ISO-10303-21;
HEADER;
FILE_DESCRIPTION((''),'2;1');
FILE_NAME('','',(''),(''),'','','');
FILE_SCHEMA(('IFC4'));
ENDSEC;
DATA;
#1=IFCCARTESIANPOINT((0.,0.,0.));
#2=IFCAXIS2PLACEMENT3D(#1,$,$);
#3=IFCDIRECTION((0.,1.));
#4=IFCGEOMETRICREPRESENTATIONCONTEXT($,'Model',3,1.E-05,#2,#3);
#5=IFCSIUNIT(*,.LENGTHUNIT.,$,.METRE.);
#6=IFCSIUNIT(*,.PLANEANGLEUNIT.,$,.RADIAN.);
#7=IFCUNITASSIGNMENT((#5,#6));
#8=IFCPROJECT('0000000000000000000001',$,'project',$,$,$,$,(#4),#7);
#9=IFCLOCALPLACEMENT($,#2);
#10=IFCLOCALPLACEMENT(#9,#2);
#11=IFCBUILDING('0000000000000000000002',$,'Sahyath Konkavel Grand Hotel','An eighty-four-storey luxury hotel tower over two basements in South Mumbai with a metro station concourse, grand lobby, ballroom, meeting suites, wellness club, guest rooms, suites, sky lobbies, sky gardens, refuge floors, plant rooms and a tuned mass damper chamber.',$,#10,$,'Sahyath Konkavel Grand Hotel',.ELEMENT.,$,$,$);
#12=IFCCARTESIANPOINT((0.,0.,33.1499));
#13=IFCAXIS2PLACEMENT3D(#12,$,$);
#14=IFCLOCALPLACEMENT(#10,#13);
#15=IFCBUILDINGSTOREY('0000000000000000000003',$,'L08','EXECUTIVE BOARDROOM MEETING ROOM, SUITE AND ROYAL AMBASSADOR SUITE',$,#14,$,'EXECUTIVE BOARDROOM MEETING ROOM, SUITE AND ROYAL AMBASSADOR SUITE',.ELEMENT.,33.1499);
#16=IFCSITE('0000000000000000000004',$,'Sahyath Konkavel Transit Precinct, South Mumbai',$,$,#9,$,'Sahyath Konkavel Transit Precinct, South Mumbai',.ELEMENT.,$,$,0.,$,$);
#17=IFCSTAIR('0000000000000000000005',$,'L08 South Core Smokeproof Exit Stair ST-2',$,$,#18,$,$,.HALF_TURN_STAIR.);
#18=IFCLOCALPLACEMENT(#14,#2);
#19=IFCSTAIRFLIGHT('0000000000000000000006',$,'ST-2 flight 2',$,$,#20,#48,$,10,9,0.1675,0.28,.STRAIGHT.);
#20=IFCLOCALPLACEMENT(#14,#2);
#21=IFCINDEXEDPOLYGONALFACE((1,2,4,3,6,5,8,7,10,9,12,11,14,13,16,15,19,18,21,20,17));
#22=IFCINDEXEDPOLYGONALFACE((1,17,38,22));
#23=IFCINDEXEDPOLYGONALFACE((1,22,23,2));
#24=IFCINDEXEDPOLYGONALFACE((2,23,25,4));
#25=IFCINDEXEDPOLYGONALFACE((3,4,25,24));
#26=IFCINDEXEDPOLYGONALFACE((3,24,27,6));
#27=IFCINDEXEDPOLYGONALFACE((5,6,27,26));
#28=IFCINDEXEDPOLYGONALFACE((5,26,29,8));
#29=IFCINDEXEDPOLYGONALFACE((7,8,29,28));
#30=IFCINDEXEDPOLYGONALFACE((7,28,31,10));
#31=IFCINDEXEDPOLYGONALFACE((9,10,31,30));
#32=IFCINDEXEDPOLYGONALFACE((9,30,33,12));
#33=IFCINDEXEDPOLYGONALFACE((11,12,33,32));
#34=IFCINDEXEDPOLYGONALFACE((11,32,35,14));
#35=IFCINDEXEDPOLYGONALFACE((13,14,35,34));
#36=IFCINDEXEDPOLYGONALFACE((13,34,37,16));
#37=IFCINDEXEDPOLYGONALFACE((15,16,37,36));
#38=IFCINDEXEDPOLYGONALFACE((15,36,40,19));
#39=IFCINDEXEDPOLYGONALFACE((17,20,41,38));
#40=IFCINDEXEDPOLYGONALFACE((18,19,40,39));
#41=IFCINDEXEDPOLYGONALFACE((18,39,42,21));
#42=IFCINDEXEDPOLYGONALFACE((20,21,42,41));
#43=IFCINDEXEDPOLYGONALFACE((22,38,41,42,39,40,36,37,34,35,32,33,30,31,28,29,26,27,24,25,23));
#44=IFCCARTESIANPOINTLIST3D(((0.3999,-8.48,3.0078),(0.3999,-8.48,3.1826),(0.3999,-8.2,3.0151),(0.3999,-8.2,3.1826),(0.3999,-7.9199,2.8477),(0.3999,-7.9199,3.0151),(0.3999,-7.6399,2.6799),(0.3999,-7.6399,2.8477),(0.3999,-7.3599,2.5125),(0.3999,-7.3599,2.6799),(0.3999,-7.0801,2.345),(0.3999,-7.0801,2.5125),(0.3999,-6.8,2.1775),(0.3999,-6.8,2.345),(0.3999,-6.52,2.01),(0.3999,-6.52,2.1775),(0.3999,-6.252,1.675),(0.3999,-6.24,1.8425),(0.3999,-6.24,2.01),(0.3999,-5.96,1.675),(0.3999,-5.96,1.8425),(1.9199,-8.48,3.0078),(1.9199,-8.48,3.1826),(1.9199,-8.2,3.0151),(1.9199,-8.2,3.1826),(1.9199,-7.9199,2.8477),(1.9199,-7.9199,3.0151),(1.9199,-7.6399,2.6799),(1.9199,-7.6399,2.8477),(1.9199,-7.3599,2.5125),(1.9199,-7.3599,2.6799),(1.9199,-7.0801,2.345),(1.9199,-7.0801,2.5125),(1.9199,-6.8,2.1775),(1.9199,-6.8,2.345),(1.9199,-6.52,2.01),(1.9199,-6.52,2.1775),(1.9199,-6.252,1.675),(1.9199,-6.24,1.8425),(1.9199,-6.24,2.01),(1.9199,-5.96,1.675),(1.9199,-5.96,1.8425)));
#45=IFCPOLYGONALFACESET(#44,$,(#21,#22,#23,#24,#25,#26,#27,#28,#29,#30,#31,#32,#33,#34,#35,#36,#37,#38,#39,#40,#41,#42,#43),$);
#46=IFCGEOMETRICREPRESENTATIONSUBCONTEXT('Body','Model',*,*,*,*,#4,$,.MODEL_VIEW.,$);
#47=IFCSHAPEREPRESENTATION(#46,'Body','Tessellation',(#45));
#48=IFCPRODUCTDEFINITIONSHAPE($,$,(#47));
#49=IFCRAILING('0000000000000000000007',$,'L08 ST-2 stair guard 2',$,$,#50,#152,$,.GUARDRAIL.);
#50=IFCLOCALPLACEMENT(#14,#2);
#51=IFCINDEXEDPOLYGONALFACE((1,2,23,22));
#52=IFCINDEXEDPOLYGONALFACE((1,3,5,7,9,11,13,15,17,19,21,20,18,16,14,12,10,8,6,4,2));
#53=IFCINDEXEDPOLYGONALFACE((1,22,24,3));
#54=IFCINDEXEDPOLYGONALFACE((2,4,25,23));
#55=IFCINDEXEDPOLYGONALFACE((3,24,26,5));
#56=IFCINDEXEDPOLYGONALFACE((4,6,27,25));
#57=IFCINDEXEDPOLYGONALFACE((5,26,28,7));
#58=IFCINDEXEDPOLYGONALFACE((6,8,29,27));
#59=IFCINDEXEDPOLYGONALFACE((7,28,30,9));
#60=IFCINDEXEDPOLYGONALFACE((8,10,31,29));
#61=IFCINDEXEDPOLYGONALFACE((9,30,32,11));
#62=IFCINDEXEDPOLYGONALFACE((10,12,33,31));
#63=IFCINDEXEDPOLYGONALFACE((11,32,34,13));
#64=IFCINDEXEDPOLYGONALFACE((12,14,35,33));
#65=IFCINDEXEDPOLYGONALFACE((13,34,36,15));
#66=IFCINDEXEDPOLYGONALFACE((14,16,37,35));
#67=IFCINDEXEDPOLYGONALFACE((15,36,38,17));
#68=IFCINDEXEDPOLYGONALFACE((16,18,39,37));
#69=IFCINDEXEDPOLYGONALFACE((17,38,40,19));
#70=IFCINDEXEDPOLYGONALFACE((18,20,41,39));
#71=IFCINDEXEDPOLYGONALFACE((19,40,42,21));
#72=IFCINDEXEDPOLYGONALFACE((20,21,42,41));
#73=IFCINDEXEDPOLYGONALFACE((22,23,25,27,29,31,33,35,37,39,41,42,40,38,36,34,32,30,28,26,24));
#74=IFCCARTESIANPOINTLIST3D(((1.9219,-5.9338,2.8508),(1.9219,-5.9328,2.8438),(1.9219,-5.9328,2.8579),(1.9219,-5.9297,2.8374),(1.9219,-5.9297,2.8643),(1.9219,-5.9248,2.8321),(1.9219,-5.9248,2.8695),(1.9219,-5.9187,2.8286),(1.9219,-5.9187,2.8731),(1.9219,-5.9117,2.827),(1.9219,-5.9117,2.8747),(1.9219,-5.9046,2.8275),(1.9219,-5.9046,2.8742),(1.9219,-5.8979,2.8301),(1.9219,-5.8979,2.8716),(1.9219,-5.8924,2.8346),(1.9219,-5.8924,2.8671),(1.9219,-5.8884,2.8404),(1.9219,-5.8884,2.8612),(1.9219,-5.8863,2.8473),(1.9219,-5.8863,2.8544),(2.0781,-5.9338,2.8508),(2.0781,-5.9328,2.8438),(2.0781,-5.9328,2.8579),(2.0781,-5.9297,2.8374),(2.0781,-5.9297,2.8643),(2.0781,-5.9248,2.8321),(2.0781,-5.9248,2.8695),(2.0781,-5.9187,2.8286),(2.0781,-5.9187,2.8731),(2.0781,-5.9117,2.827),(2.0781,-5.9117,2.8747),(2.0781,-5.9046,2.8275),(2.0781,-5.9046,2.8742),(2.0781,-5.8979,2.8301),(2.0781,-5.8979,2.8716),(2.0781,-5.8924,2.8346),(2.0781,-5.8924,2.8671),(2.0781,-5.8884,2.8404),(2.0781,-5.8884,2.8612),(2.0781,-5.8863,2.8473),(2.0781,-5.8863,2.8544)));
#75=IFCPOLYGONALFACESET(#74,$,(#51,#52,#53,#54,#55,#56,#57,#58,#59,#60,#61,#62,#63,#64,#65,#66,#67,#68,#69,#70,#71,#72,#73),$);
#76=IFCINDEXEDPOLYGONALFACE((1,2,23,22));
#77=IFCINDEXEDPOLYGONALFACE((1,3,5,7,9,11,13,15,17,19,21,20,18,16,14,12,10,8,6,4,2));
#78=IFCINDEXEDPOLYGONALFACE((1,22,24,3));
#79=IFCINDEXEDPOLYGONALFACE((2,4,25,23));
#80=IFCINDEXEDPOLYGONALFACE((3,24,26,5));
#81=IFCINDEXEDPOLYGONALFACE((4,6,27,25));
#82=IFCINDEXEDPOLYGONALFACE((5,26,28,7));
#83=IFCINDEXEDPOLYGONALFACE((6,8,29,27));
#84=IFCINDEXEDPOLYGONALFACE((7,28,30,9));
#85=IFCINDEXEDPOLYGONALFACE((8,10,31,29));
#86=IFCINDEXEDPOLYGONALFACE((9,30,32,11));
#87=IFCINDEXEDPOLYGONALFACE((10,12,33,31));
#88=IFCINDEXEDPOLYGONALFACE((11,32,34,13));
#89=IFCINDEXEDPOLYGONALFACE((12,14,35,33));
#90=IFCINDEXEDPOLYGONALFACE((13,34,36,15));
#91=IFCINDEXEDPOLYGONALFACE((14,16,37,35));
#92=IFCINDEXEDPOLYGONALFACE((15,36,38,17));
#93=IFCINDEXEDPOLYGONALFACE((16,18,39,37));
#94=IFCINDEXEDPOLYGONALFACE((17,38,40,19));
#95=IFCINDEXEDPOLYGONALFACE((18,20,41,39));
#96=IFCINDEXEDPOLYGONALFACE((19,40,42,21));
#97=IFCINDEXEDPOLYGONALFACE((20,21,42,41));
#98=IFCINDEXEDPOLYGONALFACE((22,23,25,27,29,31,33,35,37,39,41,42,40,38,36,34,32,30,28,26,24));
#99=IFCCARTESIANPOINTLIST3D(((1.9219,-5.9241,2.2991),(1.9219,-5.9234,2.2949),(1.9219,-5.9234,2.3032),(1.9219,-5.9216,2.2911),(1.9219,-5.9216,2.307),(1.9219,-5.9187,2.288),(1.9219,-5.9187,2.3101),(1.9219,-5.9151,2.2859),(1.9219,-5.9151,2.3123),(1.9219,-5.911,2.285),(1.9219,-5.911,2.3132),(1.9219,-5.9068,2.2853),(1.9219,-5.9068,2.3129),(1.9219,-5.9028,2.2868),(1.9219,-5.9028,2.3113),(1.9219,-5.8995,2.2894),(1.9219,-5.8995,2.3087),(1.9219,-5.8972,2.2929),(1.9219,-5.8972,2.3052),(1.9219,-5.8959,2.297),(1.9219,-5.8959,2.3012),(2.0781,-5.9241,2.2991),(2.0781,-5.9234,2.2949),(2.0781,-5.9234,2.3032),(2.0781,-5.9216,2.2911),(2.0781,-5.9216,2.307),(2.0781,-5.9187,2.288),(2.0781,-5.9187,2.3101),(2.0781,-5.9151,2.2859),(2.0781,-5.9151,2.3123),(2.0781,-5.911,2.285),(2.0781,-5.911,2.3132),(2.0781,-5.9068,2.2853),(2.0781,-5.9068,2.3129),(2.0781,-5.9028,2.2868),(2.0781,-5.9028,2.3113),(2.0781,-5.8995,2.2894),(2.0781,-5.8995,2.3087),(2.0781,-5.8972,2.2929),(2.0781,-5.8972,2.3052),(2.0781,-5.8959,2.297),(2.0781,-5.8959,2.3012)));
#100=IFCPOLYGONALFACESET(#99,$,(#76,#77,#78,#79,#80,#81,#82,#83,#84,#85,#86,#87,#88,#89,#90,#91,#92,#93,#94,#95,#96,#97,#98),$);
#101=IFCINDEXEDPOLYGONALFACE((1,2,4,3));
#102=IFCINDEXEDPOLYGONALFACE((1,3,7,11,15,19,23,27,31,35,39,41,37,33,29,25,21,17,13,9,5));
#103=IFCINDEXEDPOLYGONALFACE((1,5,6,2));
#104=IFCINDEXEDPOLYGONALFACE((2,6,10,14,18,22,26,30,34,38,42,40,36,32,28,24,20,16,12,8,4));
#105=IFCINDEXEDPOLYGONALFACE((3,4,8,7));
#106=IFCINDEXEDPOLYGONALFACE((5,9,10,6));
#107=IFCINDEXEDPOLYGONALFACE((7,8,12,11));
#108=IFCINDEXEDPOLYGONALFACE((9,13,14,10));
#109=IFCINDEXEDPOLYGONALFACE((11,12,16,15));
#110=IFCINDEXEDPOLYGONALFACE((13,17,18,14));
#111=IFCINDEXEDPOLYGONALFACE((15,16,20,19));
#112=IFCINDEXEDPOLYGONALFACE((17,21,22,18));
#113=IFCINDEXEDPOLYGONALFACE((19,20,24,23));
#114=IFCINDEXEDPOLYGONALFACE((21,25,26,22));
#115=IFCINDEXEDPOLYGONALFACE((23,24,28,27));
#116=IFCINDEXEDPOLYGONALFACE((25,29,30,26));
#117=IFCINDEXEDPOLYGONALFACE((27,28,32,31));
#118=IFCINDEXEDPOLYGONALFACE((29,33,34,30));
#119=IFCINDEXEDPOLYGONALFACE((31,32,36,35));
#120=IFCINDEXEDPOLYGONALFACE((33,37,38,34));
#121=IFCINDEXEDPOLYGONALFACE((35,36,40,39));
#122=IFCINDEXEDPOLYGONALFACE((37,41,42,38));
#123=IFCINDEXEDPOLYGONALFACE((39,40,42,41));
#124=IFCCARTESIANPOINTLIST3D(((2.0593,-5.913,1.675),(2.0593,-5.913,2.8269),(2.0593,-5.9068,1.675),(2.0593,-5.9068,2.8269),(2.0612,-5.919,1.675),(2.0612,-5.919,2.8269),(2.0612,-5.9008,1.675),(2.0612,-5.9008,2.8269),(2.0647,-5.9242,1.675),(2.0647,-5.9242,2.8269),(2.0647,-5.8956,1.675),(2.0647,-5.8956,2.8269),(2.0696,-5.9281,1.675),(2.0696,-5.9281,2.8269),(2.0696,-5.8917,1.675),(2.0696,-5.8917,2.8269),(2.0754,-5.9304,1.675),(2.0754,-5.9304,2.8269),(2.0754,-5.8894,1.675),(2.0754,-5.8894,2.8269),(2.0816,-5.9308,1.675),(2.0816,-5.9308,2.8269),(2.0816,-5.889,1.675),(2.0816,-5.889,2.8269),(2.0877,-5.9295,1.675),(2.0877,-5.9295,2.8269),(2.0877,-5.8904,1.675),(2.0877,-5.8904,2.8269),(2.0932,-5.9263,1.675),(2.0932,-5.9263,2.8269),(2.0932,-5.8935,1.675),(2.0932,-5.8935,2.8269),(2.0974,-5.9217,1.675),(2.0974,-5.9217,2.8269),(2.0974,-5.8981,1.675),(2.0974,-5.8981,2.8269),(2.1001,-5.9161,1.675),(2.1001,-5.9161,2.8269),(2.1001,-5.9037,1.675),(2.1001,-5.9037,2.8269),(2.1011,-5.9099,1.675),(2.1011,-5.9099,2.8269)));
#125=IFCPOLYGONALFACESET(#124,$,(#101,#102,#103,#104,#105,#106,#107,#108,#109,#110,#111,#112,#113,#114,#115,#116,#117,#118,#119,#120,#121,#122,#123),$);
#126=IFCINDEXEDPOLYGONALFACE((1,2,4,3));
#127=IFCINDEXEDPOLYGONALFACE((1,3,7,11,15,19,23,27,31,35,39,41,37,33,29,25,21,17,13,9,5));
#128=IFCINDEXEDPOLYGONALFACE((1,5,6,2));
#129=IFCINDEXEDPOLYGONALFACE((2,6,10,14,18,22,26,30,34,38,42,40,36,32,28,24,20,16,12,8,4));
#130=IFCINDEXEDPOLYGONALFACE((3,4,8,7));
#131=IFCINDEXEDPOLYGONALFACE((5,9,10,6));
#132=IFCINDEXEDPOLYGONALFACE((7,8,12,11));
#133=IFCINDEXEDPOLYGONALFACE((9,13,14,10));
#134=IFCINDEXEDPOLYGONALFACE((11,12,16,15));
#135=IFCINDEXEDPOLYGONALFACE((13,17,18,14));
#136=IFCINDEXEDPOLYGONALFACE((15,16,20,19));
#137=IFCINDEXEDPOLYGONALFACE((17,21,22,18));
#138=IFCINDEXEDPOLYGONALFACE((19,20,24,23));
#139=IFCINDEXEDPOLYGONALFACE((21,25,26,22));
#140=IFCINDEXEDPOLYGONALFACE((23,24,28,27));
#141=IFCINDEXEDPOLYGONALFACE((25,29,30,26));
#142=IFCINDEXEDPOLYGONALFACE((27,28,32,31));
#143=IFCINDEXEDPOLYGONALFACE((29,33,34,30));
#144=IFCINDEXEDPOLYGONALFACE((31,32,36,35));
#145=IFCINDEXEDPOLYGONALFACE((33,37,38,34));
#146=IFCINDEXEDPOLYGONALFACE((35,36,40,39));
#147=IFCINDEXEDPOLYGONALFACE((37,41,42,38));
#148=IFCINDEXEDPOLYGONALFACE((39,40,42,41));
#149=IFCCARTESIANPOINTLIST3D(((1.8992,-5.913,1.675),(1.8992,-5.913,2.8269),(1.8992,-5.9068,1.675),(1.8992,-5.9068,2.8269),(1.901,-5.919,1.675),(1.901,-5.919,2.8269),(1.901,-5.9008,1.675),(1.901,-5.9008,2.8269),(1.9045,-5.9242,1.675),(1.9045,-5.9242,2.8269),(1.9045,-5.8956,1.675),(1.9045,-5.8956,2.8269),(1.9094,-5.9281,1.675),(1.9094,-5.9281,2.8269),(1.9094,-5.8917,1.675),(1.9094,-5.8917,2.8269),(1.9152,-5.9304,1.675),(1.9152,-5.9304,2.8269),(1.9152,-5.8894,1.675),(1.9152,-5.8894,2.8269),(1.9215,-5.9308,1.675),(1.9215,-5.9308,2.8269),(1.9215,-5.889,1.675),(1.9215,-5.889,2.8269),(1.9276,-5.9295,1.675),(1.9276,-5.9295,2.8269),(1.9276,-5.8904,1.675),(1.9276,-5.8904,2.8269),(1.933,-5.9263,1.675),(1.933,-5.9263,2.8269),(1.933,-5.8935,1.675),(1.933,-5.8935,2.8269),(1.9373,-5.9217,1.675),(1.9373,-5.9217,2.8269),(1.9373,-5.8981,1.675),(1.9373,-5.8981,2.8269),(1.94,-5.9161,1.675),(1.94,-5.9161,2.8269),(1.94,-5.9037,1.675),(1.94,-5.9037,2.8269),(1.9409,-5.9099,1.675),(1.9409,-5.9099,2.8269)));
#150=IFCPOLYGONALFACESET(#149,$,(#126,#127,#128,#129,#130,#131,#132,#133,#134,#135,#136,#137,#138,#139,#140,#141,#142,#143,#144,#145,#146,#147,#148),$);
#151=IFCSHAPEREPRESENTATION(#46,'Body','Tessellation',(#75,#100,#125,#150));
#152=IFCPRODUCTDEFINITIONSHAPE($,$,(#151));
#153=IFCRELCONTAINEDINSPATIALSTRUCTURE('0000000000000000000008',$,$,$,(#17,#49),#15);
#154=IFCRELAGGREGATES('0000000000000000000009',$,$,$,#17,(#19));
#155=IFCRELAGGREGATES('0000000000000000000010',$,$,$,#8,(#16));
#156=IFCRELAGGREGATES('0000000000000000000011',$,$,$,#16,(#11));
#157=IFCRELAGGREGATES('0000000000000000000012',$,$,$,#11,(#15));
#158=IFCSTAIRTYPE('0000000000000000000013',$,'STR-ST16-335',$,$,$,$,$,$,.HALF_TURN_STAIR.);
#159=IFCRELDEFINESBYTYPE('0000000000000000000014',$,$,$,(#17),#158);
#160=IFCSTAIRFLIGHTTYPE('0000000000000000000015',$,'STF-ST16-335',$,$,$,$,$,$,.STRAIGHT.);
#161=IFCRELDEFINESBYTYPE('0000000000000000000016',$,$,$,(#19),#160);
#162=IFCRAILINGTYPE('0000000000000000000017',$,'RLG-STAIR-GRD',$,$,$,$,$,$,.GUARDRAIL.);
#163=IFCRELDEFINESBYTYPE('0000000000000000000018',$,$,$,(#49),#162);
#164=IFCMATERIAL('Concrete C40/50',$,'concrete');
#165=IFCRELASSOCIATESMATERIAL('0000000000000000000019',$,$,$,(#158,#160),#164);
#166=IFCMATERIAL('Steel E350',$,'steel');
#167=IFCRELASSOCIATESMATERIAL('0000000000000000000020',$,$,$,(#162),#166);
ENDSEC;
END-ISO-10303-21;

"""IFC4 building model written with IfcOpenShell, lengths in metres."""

from ifc_helpers import new_model, si_unit, direction, frame, origin, origin_2d, place, context, subcontext, project, spatial, polyline, circle, outline, extrude, material, type_object, element, aggregate, save


model = new_model("IFC4")

# Units and contexts
model_context = context("Model", 3, precision=1e-05, world=origin(), true_north=direction((0.0, 1.0)))
body_context = subcontext(model_context, "Body", "Model", "MODEL_VIEW")
ifc_project = project(units=[si_unit("LENGTHUNIT", "METRE"), si_unit("PLANEANGLEUNIT", "RADIAN")], contexts=[model_context])

# Site, building, storey
site_placement = place(None, origin())
site = spatial("IfcSite", under=ifc_project, at=site_placement, Name="Sahyath Konkavel Transit Precinct, South Mumbai", LongName="Sahyath Konkavel Transit Precinct, South Mumbai", CompositionType="ELEMENT", RefElevation=0.0)
building_placement = place(site_placement, origin())
building = spatial("IfcBuilding", under=site, at=building_placement, Name="Sahyath Konkavel Grand Hotel", Description="An eighty-four-storey luxury hotel tower over two basements in South Mumbai with a metro station concourse, grand lobby, ballroom, meeting suites, wellness club, guest rooms, suites, sky lobbies, sky gardens, refuge floors, plant rooms and a tuned mass damper chamber.", LongName="Sahyath Konkavel Grand Hotel", CompositionType="ELEMENT")
storey_placement = place(building_placement, frame((0.0, 0.0, 33.1499)))
storey = spatial("IfcBuildingStorey", under=building, at=storey_placement, Name="L08", Description="EXECUTIVE BOARDROOM MEETING ROOM, SUITE AND ROYAL AMBASSADOR SUITE", LongName="EXECUTIVE BOARDROOM MEETING ROOM, SUITE AND ROYAL AMBASSADOR SUITE", CompositionType="ELEMENT", Elevation=33.1499)

# Shared definitions
ifc_material_1 = material(Name="Steel E350", Category="steel")

# Stair
ifc_material_2 = material(Name="Concrete C40/50", Category="concrete")
stair_type = type_object("IfcStairType", Name="STR-ST16-335", PredefinedType="HALF_TURN_STAIR", material=ifc_material_2)
stair_placement = place(storey_placement, origin())
stair = element("IfcStair", 1, at=stair_placement, inside=storey, type_object=stair_type, Name="L08 South Core Smokeproof Exit Stair ST-2", PredefinedType="HALF_TURN_STAIR")

# Stair flight
stair_flight_type = type_object("IfcStairFlightType", Name="STF-ST16-335", PredefinedType="STRAIGHT", material=ifc_material_2)
stair_flight_placement = place(storey_placement, frame((1.1599, -5.96, 1.675), z_axis=(0.0, 0.0, 1.0), x_axis=(0.0, -1.0, 0.0)))
stair_flight = element("IfcStairFlight", 2, at=stair_flight_placement, type_object=stair_flight_type, Name="ST-2 flight 2", NumberOfRisers=10, NumberOfTreads=9, PredefinedType="STRAIGHT", RiserHeight=0.1675, TreadLength=0.28, context=body_context, shape_type="SweptSolid", body=[
    extrude(outline(polyline([(0.0, 0.0), (0.0, 0.1675), (0.28, 0.1675), (0.28, 0.335), (0.5601, 0.335), (0.5601, 0.5024), (0.8401, 0.5024), (0.8401, 0.6699), (1.1201, 0.6699), (1.1201, 0.8374), (1.3999, 0.8374), (1.3999, 1.0049), (1.6799, 1.0049), (1.6799, 1.1726), (1.96, 1.1726), (1.96, 1.3401), (2.24, 1.3401), (2.24, 1.5076), (2.52, 1.5076), (2.52, 1.675), (2.52, 1.3328), (0.292, 0.0), (0.0, 0.0)])), frame((0.0, 0.76, 0.0), z_axis=(0.0, -1.0, 0.0), x_axis=(1.0, 0.0, 0.0)), (0.0, 0.0, 1.0), 1.52),
])
aggregate(stair, [stair_flight])

# Railing
railing_type_1 = type_object("IfcRailingType", Name="RLG-STAIR-GRD", PredefinedType="GUARDRAIL", material=ifc_material_1)
railing_1_placement = place(storey_placement, frame((2.0801, -5.9099, 1.675)))
element("IfcRailing", 3, at=railing_1_placement, inside=storey, type_object=railing_type_1, Name="L08 ST-2 stair guard 2", PredefinedType="GUARDRAIL", context=body_context, shape_type="SweptSolid", body=[
    extrude(circle(Radius=0.0239, at=origin_2d()), frame((-0.002, 0.0, 1.1758), z_axis=(-1.0, 0.0, 0.0), x_axis=(0.0, -1.0, 0.0)), (0.0, 0.0, 1.0), 0.1562),
    extrude(circle(Radius=0.0142, at=origin_2d()), frame((-0.002, 0.0, 0.624), z_axis=(-1.0, 0.0, 0.0), x_axis=(0.0, -1.0, 0.0)), (0.0, 0.0, 1.0), 0.1562),
    extrude(circle(Radius=0.021, at=origin_2d()), origin(), (0.0, 0.0, 1.0), 1.1519),
    extrude(circle(Radius=0.021, at=origin_2d()), frame((-0.1602, 0.0, 0.0)), (0.0, 0.0, 1.0), 1.1519),
])

save(model, "model.ifc")
